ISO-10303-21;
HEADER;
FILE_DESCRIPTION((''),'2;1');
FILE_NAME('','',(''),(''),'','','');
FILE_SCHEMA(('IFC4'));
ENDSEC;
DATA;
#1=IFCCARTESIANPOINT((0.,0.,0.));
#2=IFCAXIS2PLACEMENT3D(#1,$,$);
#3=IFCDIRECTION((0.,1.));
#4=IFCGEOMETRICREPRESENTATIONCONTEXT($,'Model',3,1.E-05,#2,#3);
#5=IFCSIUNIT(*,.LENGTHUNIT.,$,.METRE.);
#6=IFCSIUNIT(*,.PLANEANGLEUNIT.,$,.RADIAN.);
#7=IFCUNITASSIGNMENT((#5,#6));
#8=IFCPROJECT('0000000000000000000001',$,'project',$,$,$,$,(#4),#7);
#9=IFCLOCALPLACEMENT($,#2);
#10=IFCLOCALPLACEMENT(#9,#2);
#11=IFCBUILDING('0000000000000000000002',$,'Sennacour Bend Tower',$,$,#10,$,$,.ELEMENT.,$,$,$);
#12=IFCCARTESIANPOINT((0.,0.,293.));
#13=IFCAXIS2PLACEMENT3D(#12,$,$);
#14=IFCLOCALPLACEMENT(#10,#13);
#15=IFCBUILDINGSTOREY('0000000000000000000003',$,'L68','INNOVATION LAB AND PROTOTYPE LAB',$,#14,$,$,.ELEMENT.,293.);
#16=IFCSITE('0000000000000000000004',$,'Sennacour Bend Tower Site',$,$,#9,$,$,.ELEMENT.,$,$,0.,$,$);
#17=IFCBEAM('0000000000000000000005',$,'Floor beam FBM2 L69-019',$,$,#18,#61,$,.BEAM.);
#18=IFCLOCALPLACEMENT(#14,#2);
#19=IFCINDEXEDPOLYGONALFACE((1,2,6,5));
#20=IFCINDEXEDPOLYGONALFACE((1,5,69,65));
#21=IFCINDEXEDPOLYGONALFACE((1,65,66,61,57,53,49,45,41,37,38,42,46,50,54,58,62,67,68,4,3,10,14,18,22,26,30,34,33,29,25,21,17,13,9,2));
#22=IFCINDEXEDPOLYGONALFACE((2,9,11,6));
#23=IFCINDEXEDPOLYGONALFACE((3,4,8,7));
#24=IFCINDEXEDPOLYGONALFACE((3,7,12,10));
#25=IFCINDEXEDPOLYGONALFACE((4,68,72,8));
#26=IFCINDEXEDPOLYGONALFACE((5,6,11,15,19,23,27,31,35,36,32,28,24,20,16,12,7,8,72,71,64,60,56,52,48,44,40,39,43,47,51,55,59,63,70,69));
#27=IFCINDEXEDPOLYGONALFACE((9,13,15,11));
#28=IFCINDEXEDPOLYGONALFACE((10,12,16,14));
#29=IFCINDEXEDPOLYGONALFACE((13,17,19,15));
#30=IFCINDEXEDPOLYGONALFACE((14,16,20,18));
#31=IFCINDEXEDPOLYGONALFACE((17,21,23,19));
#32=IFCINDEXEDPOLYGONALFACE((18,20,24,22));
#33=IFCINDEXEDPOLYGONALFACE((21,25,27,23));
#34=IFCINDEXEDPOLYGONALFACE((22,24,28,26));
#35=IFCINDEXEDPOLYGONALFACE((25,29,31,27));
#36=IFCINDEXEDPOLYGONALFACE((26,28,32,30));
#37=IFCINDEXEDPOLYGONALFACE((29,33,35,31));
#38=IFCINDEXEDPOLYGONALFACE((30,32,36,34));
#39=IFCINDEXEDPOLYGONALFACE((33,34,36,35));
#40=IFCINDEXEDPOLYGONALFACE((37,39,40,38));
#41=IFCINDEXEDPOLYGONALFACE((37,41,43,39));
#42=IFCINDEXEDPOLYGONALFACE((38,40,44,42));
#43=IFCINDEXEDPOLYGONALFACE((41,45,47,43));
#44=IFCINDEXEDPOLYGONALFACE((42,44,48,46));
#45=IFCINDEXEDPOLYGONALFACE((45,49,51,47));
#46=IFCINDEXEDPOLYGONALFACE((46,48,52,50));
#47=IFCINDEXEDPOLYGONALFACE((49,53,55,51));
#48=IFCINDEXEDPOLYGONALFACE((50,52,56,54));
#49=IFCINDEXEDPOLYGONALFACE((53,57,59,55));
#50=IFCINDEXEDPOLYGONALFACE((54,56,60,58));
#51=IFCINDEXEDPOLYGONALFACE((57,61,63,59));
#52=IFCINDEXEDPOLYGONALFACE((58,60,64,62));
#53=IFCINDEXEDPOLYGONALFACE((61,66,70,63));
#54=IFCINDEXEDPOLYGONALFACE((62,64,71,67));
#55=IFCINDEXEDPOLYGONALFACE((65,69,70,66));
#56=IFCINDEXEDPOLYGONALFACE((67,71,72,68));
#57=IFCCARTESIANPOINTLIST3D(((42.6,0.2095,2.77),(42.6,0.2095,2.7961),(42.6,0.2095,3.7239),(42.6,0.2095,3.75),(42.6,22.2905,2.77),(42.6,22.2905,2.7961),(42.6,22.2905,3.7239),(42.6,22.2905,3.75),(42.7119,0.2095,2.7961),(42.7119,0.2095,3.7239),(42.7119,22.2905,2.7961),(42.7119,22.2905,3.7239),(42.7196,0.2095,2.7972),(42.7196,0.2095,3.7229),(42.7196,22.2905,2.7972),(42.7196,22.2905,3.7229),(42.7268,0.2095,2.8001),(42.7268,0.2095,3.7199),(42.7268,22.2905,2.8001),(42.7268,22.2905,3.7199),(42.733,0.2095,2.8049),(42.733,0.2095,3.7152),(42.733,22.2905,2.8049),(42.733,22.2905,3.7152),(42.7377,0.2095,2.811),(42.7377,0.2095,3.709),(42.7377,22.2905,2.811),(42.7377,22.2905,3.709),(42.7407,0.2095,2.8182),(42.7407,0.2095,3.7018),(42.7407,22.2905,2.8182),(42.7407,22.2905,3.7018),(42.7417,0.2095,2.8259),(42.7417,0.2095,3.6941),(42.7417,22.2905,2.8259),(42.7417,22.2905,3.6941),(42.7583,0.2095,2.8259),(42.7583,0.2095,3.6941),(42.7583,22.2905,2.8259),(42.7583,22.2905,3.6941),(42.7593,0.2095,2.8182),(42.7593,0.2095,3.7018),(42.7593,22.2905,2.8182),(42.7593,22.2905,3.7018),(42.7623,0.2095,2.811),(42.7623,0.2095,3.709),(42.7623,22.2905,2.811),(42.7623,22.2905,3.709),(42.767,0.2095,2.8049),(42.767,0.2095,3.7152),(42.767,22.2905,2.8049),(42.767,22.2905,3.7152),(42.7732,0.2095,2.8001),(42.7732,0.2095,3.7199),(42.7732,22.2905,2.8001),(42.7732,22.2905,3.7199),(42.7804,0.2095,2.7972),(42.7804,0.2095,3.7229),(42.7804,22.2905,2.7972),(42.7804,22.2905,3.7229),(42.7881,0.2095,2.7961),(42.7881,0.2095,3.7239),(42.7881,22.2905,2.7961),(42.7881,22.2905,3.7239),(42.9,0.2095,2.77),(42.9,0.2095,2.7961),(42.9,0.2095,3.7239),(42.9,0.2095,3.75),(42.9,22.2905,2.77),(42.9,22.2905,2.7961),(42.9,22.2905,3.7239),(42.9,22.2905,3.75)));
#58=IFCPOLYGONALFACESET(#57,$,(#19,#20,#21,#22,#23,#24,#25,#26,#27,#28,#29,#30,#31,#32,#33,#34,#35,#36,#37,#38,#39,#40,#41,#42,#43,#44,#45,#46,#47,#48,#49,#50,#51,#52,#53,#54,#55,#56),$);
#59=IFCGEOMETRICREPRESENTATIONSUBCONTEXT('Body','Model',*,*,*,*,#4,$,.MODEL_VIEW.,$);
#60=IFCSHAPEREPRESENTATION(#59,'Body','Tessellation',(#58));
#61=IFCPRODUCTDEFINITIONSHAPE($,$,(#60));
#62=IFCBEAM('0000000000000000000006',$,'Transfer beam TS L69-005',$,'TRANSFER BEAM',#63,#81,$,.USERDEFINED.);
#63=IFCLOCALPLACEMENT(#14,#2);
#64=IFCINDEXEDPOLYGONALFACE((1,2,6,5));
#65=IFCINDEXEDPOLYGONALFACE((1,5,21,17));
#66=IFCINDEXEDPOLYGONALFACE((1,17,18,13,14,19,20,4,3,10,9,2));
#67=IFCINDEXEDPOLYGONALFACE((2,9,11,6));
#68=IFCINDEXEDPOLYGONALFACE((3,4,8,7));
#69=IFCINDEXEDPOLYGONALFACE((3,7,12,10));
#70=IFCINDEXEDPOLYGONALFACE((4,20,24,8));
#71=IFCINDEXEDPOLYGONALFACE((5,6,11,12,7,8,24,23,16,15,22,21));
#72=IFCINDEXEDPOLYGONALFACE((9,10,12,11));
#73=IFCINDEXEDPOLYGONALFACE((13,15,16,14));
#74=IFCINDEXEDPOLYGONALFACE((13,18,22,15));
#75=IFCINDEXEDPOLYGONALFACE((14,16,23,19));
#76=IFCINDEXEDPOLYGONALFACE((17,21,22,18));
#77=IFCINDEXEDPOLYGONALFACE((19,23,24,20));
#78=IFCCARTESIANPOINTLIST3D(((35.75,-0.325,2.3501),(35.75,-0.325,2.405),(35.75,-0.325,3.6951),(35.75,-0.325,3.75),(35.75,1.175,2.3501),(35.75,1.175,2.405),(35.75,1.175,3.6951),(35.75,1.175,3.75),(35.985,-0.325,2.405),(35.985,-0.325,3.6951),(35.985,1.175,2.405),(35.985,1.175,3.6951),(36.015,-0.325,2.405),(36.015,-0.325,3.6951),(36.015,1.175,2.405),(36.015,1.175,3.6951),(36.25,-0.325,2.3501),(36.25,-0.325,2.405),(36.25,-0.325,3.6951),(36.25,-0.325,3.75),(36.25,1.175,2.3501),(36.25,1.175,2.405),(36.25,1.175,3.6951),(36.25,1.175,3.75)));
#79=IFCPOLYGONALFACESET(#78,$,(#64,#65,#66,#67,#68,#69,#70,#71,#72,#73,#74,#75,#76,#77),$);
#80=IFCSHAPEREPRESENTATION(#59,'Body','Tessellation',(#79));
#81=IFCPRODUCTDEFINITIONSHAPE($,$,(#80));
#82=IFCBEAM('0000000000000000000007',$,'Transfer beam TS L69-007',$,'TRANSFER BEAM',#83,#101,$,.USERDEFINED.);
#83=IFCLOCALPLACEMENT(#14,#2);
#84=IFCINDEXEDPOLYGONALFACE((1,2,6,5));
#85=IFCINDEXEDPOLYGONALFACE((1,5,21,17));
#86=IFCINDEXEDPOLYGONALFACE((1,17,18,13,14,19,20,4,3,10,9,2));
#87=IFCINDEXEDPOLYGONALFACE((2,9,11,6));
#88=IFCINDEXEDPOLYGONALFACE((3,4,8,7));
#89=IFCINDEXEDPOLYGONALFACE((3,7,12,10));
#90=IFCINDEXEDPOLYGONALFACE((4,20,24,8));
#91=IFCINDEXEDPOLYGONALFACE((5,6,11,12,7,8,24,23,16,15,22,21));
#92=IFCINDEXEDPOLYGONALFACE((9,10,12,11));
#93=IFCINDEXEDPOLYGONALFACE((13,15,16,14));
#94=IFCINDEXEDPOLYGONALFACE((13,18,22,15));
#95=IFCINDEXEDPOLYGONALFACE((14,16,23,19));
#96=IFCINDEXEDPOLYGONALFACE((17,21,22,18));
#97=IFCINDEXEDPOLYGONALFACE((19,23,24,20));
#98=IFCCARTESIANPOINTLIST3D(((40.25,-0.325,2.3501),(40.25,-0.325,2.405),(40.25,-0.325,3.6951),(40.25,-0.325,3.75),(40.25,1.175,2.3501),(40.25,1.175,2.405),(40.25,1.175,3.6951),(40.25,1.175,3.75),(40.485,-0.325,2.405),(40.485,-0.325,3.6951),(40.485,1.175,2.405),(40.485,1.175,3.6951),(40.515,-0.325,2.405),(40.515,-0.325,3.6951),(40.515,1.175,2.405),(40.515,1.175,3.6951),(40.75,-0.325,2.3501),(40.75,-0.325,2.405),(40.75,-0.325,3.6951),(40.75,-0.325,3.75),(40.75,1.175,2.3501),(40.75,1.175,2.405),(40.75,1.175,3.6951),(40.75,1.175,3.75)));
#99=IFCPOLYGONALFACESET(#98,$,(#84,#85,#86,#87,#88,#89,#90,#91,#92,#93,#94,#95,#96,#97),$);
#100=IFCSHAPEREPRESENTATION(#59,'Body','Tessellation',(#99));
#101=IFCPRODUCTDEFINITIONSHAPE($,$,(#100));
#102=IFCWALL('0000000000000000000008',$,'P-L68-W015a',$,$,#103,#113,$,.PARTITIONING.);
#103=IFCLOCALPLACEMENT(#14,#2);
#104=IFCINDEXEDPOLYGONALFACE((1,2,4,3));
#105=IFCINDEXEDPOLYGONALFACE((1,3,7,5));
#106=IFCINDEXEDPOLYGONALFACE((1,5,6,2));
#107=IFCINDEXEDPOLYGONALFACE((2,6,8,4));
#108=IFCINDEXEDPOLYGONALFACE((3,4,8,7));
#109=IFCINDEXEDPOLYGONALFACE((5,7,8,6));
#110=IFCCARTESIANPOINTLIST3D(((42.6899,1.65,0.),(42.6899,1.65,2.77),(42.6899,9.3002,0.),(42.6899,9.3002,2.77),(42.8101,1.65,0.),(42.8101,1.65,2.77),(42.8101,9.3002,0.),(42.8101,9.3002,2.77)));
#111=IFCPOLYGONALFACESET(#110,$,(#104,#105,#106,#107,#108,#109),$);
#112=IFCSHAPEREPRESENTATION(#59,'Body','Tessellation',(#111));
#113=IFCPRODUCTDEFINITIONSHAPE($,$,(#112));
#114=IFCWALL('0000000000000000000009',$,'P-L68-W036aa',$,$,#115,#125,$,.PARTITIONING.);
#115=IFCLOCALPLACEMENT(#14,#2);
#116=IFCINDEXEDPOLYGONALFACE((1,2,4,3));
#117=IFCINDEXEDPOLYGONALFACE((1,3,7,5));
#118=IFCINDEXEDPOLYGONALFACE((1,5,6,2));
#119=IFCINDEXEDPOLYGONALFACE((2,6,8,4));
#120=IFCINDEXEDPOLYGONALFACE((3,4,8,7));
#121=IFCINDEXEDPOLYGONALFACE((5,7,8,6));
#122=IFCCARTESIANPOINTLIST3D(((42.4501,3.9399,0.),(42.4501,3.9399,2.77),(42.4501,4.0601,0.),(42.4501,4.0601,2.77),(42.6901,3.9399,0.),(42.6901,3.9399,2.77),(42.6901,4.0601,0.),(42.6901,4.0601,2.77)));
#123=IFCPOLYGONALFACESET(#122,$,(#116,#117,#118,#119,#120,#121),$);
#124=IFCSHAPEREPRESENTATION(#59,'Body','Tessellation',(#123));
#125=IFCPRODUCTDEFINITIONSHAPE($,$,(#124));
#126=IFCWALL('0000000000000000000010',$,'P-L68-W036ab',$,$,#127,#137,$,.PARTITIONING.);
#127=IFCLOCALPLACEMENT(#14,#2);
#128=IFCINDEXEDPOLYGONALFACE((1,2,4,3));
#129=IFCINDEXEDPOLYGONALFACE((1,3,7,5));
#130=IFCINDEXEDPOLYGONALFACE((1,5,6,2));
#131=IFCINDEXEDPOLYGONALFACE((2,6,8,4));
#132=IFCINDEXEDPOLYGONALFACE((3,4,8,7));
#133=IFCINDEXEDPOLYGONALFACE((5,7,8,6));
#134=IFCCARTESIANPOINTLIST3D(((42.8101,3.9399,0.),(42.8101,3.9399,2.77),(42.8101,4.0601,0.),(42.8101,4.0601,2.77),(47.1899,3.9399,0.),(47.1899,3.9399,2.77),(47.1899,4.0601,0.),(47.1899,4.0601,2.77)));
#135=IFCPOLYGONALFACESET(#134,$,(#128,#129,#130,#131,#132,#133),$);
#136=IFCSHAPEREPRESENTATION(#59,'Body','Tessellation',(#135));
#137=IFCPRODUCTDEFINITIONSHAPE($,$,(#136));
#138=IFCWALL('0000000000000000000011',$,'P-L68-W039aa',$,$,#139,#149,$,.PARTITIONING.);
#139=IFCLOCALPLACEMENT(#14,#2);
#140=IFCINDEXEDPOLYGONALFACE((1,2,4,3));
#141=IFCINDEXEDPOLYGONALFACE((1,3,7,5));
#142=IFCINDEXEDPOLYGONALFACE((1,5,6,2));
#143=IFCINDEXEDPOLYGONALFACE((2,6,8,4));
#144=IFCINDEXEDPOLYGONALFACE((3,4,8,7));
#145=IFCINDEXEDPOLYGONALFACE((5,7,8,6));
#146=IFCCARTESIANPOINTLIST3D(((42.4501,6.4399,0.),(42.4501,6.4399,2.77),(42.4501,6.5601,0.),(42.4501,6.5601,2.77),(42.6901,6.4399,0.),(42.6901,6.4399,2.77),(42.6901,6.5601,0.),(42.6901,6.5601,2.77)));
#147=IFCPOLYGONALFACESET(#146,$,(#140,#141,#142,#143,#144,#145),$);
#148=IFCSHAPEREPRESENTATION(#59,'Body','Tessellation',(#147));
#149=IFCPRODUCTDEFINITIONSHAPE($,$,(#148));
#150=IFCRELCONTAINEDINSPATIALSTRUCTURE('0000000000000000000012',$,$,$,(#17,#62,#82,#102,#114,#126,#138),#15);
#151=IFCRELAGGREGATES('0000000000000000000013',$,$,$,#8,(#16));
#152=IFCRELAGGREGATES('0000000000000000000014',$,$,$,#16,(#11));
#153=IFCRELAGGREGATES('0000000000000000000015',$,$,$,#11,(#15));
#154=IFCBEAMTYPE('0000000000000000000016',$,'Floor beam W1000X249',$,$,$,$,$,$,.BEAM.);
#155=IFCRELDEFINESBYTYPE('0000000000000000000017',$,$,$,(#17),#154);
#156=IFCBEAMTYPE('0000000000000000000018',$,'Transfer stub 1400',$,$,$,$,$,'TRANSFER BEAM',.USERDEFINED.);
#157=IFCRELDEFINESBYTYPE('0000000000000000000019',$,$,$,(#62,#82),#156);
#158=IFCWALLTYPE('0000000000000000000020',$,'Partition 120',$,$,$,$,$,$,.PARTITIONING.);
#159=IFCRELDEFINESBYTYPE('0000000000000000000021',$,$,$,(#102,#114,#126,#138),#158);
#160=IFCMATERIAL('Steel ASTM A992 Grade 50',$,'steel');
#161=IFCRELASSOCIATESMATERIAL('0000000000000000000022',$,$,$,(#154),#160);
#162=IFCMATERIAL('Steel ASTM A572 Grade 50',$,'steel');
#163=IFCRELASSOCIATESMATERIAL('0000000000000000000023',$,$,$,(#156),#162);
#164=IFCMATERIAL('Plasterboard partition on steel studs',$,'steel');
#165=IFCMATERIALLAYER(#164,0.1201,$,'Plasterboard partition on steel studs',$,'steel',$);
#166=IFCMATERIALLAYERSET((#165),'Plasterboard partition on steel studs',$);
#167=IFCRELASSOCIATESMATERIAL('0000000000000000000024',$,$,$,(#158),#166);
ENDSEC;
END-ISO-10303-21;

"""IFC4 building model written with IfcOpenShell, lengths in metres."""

from ifc_helpers import new_model, si_unit, direction, frame, frame_2d, origin, origin_2d, place, context, subcontext, project, spatial, rectangle, i_section, extrude, material, layer, layer_set, material_profile, profile_set, type_object, element, save


model = new_model("IFC4")

# Units and contexts
model_context = context("Model", 3, precision=1e-05, world=origin(), true_north=direction((0.0, 1.0)))
body_context = subcontext(model_context, "Body", "Model", "MODEL_VIEW")
ifc_project = project(units=[si_unit("LENGTHUNIT", "METRE"), si_unit("PLANEANGLEUNIT", "RADIAN")], contexts=[model_context])

# Site, building, storey
site_placement = place(None, origin())
site = spatial("IfcSite", under=ifc_project, at=site_placement, Name="Sennacour Bend Tower Site", CompositionType="ELEMENT", RefElevation=0.0)
building_placement = place(site_placement, origin())
building = spatial("IfcBuilding", under=site, at=building_placement, Name="Sennacour Bend Tower", CompositionType="ELEMENT")
storey_placement = place(building_placement, frame((0.0, 0.0, 293.0)))
storey = spatial("IfcBuildingStorey", under=building, at=storey_placement, Name="L68", Description="INNOVATION LAB AND PROTOTYPE LAB", CompositionType="ELEMENT", Elevation=293.0)

# Shared definitions
ifc_material_1 = material(Name="Steel ASTM A572 Grade 50", Category="steel")

# Beams
ifc_material_2 = material(Name="Steel ASTM A992 Grade 50", Category="steel")
ifc_material_profile_1 = material_profile(ifc_material_2, i_section(OverallWidth=0.3, OverallDepth=0.98, WebThickness=0.0166, FlangeThickness=0.0261, FilletRadius=0.0298, at=origin_2d()), Name="Steel ASTM A992 Grade 50", Category="steel")
ifc_profile_set_1 = profile_set([ifc_material_profile_1], Name="Steel ASTM A992 Grade 50")
beam_type_1 = type_object("IfcBeamType", Name="Floor beam W1000X249", PredefinedType="BEAM", material=ifc_profile_set_1)
beam_1_placement = place(storey_placement, frame((42.75, 0.2095, 3.26), z_axis=(0.0, 1.0, 0.0), x_axis=(-1.0, 0.0, 0.0)))
element("IfcBeam", 1, at=beam_1_placement, inside=storey, type_object=beam_type_1, Name="Floor beam FBM2 L69-019", PredefinedType="BEAM", context=body_context, shape_type="SweptSolid", body=[
    extrude(i_section(OverallWidth=0.3, OverallDepth=0.98, WebThickness=0.0166, FlangeThickness=0.0261, FilletRadius=0.0298, at=origin_2d()), origin(), (0.0, 0.0, 1.0), 22.0811),
])
ifc_material_profile_2 = material_profile(ifc_material_1, i_section(OverallWidth=0.5, OverallDepth=1.3999, WebThickness=0.03, FlangeThickness=0.0549, at=origin_2d()), Name="Steel ASTM A572 Grade 50", Category="steel")
ifc_profile_set_2 = profile_set([ifc_material_profile_2], Name="Steel ASTM A572 Grade 50")
beam_type_2 = type_object("IfcBeamType", Name="Transfer stub 1400", ElementType="TRANSFER BEAM", PredefinedType="USERDEFINED", material=ifc_profile_set_2)
for number, where, z_axis, x_axis, name in (
    (2, (36.0, 1.175, 3.05), (0.0, -1.0, 0.0), (1.0, 0.0, 0.0), "Transfer beam TS L69-005"),
    (3, (40.5, 1.175, 3.05), (0.0, -1.0, 0.0), (1.0, 0.0, 0.0), "Transfer beam TS L69-007"),
):
    element("IfcBeam", number, at=place(storey_placement, frame(where, z_axis=z_axis, x_axis=x_axis)), inside=storey, type_object=beam_type_2, Name=name, ObjectType="TRANSFER BEAM", PredefinedType="USERDEFINED", context=body_context, shape_type="SweptSolid", body=[
        extrude(i_section(OverallWidth=0.5, OverallDepth=1.3999, WebThickness=0.03, FlangeThickness=0.0549, at=origin_2d()), origin(), (0.0, 0.0, 1.0), 1.5),
    ])

# Walls
ifc_material_3 = material(Name="Plasterboard partition on steel studs", Category="steel")
ifc_layer_1 = layer(ifc_material_3, 0.1201, Name="Plasterboard partition on steel studs", Category="steel")
ifc_layer_set_1 = layer_set([ifc_layer_1], Name="Plasterboard partition on steel studs")
wall_type_1 = type_object("IfcWallType", Name="Partition 120", PredefinedType="PARTITIONING", material=ifc_layer_set_1)
wall_1_placement = place(storey_placement, frame((42.75, 1.6499, 0.0), z_axis=(0.0, 0.0, 1.0), x_axis=(0.0, 1.0, 0.0)))
element("IfcWall", 4, at=wall_1_placement, inside=storey, type_object=wall_type_1, Name="P-L68-W015a", PredefinedType="PARTITIONING", context=body_context, shape_type="SweptSolid", body=[
    extrude(rectangle(XDim=7.6501, YDim=0.1201, at=frame_2d((3.8252, 0.0))), origin(), (0.0, 0.0, 1.0), 2.77),
])
wall_2_placement = place(storey_placement, frame((42.45, 4.0, 0.0), z_axis=(0.0, 0.0, 1.0), x_axis=(1.0, 0.0, 0.0)))
element("IfcWall", 5, at=wall_2_placement, inside=storey, type_object=wall_type_1, Name="P-L68-W036aa", PredefinedType="PARTITIONING", context=body_context, shape_type="SweptSolid", body=[
    extrude(rectangle(XDim=0.24, YDim=0.1201, at=frame_2d((0.1201, 0.0))), origin(), (0.0, 0.0, 1.0), 2.77),
])
wall_3_placement = place(storey_placement, frame((42.8101, 4.0, 0.0), z_axis=(0.0, 0.0, 1.0), x_axis=(1.0, 0.0, 0.0)))
element("IfcWall", 6, at=wall_3_placement, inside=storey, type_object=wall_type_1, Name="P-L68-W036ab", PredefinedType="PARTITIONING", context=body_context, shape_type="SweptSolid", body=[
    extrude(rectangle(XDim=4.3799, YDim=0.1201, at=frame_2d((2.1899, 0.0))), origin(), (0.0, 0.0, 1.0), 2.77),
])
wall_4_placement = place(storey_placement, frame((42.45, 6.5, 0.0), z_axis=(0.0, 0.0, 1.0), x_axis=(1.0, 0.0, 0.0)))
element("IfcWall", 7, at=wall_4_placement, inside=storey, type_object=wall_type_1, Name="P-L68-W039aa", PredefinedType="PARTITIONING", context=body_context, shape_type="SweptSolid", body=[
    extrude(rectangle(XDim=0.24, YDim=0.1201, at=frame_2d((0.1201, 0.0))), origin(), (0.0, 0.0, 1.0), 2.77),
])

save(model, "model.ifc")
